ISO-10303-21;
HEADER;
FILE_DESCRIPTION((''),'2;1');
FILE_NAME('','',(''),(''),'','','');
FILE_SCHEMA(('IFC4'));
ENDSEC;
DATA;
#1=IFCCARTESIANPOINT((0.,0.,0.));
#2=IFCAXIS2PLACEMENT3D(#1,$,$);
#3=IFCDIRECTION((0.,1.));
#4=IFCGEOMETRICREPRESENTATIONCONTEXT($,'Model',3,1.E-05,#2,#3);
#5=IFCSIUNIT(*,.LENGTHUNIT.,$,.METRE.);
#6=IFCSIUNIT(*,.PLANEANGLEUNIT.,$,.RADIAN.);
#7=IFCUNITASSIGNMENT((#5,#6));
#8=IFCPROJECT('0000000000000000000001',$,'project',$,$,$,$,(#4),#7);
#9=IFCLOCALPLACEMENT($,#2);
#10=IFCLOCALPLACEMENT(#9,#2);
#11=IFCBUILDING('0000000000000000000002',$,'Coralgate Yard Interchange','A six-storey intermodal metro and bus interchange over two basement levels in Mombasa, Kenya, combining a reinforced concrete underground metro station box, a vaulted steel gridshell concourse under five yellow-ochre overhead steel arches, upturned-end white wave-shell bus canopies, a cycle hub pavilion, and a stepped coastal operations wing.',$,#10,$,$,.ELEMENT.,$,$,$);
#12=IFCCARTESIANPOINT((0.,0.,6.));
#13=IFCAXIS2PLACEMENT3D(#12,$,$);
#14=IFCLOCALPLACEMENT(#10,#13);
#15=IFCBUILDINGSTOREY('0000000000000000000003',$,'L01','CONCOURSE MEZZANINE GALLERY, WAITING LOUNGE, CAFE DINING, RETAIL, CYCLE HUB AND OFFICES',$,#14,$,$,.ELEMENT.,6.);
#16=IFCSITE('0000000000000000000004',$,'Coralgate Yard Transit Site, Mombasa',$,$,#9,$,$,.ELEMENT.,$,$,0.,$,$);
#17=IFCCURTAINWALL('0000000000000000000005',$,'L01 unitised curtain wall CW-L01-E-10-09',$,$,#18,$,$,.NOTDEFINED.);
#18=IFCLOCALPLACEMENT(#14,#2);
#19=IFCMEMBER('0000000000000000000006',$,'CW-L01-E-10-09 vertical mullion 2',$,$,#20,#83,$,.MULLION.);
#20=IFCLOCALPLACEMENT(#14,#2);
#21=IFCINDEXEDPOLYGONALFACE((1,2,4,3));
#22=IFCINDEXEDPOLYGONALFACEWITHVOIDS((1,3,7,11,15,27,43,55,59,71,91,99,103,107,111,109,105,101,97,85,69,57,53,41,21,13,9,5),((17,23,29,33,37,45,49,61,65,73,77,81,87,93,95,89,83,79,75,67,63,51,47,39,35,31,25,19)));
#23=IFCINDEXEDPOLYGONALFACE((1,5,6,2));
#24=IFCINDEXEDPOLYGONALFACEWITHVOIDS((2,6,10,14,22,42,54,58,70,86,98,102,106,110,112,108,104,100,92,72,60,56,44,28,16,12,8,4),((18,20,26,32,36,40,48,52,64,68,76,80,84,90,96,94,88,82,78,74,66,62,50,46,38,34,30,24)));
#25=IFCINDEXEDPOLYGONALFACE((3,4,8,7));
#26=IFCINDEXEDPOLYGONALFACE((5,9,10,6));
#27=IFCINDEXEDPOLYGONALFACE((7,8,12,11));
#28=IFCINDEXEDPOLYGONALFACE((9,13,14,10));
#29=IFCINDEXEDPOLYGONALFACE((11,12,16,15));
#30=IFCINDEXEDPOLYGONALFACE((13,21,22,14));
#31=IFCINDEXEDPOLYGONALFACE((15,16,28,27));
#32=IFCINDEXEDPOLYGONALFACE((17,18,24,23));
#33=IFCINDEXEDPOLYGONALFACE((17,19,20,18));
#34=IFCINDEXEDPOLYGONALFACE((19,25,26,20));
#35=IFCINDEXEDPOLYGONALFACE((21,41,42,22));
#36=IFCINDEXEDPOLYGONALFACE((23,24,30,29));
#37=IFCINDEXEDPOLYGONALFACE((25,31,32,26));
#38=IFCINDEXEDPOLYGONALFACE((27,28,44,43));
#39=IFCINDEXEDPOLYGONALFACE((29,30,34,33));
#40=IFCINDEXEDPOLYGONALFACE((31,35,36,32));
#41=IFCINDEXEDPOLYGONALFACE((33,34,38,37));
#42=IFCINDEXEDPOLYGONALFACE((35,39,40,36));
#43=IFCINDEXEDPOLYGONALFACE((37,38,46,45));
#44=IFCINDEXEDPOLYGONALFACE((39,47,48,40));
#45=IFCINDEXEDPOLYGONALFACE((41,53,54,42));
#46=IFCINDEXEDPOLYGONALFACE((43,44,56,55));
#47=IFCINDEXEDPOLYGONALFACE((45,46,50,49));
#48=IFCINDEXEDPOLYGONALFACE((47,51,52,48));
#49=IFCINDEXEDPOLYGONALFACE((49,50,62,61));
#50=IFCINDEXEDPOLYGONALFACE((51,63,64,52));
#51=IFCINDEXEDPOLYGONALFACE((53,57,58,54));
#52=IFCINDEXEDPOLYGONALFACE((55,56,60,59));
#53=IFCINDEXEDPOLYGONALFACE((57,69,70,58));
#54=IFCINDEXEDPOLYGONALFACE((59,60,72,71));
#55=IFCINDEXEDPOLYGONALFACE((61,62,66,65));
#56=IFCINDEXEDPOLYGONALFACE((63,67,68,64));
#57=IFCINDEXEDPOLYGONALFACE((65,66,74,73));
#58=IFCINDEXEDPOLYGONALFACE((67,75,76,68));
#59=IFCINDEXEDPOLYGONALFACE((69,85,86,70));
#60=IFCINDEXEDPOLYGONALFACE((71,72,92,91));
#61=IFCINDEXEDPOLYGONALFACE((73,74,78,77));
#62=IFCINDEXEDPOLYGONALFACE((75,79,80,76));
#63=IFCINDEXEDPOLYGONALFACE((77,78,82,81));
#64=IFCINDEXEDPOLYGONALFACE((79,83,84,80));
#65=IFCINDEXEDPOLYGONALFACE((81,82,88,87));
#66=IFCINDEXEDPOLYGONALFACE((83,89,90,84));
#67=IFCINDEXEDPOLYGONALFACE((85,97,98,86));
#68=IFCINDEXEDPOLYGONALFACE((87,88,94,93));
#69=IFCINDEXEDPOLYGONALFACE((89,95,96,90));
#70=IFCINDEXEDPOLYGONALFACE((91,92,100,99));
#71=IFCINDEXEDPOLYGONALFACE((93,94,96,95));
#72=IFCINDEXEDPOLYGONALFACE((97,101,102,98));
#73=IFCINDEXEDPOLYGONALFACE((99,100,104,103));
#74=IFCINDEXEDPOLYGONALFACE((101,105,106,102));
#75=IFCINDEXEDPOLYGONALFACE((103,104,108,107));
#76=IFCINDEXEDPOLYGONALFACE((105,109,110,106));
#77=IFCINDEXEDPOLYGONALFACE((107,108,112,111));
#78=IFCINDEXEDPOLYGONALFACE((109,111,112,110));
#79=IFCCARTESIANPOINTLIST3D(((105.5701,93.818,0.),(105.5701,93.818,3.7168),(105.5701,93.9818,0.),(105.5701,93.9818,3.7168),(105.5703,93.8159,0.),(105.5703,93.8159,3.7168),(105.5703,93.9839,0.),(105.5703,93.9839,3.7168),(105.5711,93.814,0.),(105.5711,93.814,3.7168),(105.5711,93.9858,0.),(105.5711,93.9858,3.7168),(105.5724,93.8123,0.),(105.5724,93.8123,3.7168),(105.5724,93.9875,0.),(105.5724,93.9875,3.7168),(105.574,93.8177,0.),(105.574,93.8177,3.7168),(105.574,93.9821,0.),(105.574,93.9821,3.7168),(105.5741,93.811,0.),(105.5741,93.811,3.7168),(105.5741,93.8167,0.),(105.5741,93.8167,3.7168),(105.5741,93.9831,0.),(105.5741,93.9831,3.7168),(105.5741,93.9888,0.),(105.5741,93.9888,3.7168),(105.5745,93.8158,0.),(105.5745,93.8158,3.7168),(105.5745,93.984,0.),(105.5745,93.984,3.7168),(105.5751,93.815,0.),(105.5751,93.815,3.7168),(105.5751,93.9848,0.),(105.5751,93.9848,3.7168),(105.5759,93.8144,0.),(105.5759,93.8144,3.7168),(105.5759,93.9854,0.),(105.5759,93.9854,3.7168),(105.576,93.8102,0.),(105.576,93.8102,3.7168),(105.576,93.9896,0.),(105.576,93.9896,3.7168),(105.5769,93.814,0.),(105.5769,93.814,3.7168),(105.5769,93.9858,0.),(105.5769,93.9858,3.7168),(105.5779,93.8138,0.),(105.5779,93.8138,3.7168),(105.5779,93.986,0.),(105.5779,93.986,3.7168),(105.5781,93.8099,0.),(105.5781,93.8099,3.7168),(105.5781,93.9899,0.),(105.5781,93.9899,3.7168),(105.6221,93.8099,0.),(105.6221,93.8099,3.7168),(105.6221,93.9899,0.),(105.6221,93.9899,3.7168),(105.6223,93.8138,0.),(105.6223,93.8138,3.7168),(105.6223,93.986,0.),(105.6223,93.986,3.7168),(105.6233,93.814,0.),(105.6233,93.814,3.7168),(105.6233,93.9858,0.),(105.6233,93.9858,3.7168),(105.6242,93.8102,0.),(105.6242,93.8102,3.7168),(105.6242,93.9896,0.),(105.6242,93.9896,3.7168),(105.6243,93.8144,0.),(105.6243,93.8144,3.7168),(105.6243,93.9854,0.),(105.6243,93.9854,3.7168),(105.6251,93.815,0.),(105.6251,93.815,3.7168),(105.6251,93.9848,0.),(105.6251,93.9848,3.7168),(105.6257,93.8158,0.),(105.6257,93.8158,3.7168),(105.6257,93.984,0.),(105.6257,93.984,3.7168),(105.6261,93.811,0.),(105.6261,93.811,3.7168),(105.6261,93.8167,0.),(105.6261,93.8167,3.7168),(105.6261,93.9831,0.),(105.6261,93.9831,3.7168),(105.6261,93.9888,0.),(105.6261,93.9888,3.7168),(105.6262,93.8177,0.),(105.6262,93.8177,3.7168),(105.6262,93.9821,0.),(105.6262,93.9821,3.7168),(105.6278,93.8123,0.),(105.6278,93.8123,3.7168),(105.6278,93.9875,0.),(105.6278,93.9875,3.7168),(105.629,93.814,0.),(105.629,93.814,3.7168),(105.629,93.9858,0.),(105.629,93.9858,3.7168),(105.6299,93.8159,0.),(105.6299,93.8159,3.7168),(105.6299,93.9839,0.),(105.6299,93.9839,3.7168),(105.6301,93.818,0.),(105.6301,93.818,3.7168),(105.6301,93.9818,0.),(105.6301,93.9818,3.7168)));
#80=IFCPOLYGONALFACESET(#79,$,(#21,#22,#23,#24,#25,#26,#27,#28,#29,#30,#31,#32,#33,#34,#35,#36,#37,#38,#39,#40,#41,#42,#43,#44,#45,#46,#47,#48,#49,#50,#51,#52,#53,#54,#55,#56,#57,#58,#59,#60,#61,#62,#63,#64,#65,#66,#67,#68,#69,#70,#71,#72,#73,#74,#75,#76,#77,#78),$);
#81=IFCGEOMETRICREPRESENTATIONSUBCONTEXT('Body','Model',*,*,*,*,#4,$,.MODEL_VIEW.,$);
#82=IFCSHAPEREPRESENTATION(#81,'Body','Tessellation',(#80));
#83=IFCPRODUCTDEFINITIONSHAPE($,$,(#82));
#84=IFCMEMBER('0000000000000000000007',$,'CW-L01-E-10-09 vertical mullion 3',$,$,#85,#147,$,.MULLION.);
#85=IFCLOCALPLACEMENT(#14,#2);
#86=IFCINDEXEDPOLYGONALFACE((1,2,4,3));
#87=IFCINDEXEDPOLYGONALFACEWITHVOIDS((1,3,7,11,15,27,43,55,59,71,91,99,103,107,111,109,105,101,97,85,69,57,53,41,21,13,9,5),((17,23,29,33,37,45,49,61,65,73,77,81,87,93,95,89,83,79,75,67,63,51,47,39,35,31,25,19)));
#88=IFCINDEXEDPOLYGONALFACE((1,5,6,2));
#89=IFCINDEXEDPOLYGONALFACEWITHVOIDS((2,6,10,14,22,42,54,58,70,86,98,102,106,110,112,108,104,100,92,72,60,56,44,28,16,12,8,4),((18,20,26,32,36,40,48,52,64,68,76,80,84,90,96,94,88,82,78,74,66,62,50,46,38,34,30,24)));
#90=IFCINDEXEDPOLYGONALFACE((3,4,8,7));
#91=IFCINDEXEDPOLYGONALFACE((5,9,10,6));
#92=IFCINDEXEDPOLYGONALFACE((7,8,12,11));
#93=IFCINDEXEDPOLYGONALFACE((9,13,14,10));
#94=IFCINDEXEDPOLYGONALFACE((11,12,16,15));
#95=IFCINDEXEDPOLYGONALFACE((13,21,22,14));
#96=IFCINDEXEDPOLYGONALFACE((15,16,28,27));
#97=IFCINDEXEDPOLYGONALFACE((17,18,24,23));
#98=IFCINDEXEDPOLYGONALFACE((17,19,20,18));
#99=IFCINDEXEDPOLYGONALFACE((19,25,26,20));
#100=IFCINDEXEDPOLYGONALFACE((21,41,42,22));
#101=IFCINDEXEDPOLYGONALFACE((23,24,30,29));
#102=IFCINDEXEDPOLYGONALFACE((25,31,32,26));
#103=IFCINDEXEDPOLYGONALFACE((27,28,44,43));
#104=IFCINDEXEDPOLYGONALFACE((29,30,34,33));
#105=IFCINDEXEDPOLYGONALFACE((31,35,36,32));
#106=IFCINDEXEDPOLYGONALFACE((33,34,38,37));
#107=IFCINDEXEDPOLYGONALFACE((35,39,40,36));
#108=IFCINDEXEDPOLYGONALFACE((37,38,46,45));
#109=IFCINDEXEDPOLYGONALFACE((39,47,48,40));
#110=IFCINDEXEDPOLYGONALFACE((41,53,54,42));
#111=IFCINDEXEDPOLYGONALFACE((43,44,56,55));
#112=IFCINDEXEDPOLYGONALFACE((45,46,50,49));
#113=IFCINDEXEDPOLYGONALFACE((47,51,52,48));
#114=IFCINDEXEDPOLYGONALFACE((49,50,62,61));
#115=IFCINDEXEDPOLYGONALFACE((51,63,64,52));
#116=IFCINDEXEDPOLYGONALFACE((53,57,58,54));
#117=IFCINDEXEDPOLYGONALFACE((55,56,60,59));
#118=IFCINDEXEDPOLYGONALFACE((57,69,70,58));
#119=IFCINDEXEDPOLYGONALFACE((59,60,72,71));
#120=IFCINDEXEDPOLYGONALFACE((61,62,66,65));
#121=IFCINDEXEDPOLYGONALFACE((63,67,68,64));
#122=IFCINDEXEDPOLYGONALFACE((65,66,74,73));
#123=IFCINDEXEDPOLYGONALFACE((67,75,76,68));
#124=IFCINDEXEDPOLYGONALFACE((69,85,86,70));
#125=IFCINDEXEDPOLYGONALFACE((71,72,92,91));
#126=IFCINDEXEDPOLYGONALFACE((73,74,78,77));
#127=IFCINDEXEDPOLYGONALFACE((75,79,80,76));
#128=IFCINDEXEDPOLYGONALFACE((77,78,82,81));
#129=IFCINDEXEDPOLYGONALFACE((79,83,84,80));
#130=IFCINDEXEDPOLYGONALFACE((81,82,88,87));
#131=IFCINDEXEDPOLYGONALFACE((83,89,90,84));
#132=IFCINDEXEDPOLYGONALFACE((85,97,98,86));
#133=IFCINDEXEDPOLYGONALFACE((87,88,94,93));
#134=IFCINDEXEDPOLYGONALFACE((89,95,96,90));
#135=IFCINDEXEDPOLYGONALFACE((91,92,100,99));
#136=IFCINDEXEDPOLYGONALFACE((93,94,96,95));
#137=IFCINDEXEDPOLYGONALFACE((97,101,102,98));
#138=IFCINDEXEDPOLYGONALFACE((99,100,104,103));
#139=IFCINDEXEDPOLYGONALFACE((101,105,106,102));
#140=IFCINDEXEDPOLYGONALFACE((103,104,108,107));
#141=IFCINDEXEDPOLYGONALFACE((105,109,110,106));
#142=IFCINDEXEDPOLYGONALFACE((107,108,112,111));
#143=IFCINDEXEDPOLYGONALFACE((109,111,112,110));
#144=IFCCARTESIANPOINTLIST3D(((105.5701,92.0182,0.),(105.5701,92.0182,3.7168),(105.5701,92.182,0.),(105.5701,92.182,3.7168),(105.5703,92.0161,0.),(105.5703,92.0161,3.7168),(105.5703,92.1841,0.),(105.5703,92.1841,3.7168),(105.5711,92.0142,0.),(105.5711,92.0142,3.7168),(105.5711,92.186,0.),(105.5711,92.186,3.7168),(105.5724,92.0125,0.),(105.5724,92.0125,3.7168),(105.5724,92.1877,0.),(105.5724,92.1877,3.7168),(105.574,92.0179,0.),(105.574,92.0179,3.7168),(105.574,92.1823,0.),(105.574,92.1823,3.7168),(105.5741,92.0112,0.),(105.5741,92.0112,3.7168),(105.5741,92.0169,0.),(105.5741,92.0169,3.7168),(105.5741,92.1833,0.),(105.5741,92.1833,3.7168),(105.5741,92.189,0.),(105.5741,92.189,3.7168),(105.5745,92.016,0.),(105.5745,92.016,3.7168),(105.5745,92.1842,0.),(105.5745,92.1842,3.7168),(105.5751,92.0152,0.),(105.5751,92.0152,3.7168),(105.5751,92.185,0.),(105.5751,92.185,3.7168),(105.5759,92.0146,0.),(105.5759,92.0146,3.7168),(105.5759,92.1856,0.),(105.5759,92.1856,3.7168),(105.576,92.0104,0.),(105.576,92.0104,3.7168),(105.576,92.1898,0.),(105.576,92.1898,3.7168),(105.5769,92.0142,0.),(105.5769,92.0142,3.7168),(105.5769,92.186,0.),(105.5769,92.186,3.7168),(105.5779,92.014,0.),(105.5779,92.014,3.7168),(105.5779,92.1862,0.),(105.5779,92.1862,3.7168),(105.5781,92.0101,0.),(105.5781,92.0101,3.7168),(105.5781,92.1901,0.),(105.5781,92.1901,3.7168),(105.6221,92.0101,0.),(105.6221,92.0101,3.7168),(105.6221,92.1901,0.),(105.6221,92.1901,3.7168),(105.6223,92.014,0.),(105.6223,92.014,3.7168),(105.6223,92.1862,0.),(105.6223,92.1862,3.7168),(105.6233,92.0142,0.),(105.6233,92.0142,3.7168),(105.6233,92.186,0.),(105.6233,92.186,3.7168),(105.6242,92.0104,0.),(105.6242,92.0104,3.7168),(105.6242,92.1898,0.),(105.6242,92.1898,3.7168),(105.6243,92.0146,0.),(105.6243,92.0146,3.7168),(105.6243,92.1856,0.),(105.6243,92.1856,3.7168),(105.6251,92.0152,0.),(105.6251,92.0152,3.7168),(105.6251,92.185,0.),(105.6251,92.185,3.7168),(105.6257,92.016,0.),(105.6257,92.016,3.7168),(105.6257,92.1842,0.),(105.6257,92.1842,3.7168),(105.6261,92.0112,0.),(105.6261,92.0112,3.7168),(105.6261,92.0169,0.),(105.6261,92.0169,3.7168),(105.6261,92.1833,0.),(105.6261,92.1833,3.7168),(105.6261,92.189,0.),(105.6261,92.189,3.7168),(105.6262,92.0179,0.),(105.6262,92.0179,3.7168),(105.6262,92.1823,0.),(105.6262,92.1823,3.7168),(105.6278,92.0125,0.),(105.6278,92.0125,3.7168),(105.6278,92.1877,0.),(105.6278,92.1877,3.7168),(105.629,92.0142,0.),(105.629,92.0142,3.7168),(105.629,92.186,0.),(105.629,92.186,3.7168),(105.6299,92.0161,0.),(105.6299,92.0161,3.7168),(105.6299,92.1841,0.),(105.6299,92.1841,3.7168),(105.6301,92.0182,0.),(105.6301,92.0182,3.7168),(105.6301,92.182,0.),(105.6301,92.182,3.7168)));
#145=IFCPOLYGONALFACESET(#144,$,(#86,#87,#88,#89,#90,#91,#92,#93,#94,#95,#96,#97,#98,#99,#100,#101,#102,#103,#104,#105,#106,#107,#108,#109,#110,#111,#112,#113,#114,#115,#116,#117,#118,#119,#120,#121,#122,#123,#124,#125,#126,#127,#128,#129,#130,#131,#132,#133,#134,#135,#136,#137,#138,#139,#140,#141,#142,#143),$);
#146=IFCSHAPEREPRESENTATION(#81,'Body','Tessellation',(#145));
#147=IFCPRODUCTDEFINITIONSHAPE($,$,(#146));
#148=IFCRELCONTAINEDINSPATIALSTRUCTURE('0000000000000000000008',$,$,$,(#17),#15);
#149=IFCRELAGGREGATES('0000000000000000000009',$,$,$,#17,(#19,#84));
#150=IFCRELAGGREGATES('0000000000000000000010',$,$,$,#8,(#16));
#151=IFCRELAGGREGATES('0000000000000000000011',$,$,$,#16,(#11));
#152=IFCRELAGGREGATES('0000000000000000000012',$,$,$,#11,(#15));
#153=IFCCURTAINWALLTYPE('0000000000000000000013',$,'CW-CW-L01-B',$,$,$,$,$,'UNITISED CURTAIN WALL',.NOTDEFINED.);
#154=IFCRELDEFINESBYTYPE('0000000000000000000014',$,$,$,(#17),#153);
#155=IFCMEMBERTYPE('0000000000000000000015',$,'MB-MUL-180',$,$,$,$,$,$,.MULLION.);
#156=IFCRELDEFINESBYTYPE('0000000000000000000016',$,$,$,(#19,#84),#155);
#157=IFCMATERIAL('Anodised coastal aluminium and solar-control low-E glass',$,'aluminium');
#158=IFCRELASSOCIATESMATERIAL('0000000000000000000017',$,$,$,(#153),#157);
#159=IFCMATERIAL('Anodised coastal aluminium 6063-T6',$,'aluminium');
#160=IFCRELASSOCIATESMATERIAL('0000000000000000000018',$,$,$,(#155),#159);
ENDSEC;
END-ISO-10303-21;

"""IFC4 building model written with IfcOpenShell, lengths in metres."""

from ifc_helpers import new_model, si_unit, direction, frame, origin, origin_2d, place, context, subcontext, project, spatial, hollow_rectangle, extrude, material, material_profile, profile_set, type_object, element, aggregate, save


model = new_model("IFC4")

# Units and contexts
model_context = context("Model", 3, precision=1e-05, world=origin(), true_north=direction((0.0, 1.0)))
body_context = subcontext(model_context, "Body", "Model", "MODEL_VIEW")
ifc_project = project(units=[si_unit("LENGTHUNIT", "METRE"), si_unit("PLANEANGLEUNIT", "RADIAN")], contexts=[model_context])

# Site, building, storey
site_placement = place(None, origin())
site = spatial("IfcSite", under=ifc_project, at=site_placement, Name="Coralgate Yard Transit Site, Mombasa", CompositionType="ELEMENT", RefElevation=0.0)
building_placement = place(site_placement, origin())
building = spatial("IfcBuilding", under=site, at=building_placement, Name="Coralgate Yard Interchange", Description="A six-storey intermodal metro and bus interchange over two basement levels in Mombasa, Kenya, combining a reinforced concrete underground metro station box, a vaulted steel gridshell concourse under five yellow-ochre overhead steel arches, upturned-end white wave-shell bus canopies, a cycle hub pavilion, and a stepped coastal operations wing.", CompositionType="ELEMENT")
storey_placement = place(building_placement, frame((0.0, 0.0, 6.0)))
storey = spatial("IfcBuildingStorey", under=building, at=storey_placement, Name="L01", Description="CONCOURSE MEZZANINE GALLERY, WAITING LOUNGE, CAFE DINING, RETAIL, CYCLE HUB AND OFFICES", CompositionType="ELEMENT", Elevation=6.0)

# Curtain wall, members
ifc_material_1 = material(Name="Anodised coastal aluminium and solar-control low-E glass", Category="aluminium")
curtain_wall_type = type_object("IfcCurtainWallType", Name="CW-CW-L01-B", ElementType="UNITISED CURTAIN WALL", PredefinedType="NOTDEFINED", material=ifc_material_1)
curtain_wall_placement = place(storey_placement, origin())
curtain_wall = element("IfcCurtainWall", 1, at=curtain_wall_placement, inside=storey, type_object=curtain_wall_type, Name="L01 unitised curtain wall CW-L01-E-10-09", PredefinedType="NOTDEFINED")
ifc_material_2 = material(Name="Anodised coastal aluminium 6063-T6", Category="aluminium")
ifc_material_profile_1 = material_profile(ifc_material_2, hollow_rectangle(XDim=0.0601, YDim=0.1799, WallThickness=0.0039, InnerFilletRadius=0.0039, OuterFilletRadius=0.0081, at=origin_2d()), Name="ALU 60x180x4")
ifc_profile_set_1 = profile_set([ifc_material_profile_1], Name="Anodised coastal aluminium 6063-T6")
member_type_1 = type_object("IfcMemberType", Name="MB-MUL-180", PredefinedType="MULLION", material=ifc_profile_set_1)
member_1_placement = place(storey_placement, frame((105.6001, 93.8999, 0.0), z_axis=(0.0, 0.0, 1.0), x_axis=(1.0, 0.0, 0.0)))
member_1 = element("IfcMember", 2, at=member_1_placement, type_object=member_type_1, Name="CW-L01-E-10-09 vertical mullion 2", PredefinedType="MULLION", context=body_context, shape_type="SweptSolid", body=[
    extrude(hollow_rectangle(XDim=0.0601, YDim=0.1799, WallThickness=0.0039, InnerFilletRadius=0.0039, OuterFilletRadius=0.0081, at=origin_2d()), origin(), (0.0, 0.0, 1.0), 3.7168),
])
member_2_placement = place(storey_placement, frame((105.6001, 92.1001, 0.0), z_axis=(0.0, 0.0, 1.0), x_axis=(1.0, 0.0, 0.0)))
member_2 = element("IfcMember", 3, at=member_2_placement, type_object=member_type_1, Name="CW-L01-E-10-09 vertical mullion 3", PredefinedType="MULLION", context=body_context, shape_type="SweptSolid", body=[
    extrude(hollow_rectangle(XDim=0.0601, YDim=0.1799, WallThickness=0.0039, InnerFilletRadius=0.0039, OuterFilletRadius=0.0081, at=origin_2d()), origin(), (0.0, 0.0, 1.0), 3.7168),
])
aggregate(curtain_wall, [member_1, member_2])

save(model, "model.ifc")
